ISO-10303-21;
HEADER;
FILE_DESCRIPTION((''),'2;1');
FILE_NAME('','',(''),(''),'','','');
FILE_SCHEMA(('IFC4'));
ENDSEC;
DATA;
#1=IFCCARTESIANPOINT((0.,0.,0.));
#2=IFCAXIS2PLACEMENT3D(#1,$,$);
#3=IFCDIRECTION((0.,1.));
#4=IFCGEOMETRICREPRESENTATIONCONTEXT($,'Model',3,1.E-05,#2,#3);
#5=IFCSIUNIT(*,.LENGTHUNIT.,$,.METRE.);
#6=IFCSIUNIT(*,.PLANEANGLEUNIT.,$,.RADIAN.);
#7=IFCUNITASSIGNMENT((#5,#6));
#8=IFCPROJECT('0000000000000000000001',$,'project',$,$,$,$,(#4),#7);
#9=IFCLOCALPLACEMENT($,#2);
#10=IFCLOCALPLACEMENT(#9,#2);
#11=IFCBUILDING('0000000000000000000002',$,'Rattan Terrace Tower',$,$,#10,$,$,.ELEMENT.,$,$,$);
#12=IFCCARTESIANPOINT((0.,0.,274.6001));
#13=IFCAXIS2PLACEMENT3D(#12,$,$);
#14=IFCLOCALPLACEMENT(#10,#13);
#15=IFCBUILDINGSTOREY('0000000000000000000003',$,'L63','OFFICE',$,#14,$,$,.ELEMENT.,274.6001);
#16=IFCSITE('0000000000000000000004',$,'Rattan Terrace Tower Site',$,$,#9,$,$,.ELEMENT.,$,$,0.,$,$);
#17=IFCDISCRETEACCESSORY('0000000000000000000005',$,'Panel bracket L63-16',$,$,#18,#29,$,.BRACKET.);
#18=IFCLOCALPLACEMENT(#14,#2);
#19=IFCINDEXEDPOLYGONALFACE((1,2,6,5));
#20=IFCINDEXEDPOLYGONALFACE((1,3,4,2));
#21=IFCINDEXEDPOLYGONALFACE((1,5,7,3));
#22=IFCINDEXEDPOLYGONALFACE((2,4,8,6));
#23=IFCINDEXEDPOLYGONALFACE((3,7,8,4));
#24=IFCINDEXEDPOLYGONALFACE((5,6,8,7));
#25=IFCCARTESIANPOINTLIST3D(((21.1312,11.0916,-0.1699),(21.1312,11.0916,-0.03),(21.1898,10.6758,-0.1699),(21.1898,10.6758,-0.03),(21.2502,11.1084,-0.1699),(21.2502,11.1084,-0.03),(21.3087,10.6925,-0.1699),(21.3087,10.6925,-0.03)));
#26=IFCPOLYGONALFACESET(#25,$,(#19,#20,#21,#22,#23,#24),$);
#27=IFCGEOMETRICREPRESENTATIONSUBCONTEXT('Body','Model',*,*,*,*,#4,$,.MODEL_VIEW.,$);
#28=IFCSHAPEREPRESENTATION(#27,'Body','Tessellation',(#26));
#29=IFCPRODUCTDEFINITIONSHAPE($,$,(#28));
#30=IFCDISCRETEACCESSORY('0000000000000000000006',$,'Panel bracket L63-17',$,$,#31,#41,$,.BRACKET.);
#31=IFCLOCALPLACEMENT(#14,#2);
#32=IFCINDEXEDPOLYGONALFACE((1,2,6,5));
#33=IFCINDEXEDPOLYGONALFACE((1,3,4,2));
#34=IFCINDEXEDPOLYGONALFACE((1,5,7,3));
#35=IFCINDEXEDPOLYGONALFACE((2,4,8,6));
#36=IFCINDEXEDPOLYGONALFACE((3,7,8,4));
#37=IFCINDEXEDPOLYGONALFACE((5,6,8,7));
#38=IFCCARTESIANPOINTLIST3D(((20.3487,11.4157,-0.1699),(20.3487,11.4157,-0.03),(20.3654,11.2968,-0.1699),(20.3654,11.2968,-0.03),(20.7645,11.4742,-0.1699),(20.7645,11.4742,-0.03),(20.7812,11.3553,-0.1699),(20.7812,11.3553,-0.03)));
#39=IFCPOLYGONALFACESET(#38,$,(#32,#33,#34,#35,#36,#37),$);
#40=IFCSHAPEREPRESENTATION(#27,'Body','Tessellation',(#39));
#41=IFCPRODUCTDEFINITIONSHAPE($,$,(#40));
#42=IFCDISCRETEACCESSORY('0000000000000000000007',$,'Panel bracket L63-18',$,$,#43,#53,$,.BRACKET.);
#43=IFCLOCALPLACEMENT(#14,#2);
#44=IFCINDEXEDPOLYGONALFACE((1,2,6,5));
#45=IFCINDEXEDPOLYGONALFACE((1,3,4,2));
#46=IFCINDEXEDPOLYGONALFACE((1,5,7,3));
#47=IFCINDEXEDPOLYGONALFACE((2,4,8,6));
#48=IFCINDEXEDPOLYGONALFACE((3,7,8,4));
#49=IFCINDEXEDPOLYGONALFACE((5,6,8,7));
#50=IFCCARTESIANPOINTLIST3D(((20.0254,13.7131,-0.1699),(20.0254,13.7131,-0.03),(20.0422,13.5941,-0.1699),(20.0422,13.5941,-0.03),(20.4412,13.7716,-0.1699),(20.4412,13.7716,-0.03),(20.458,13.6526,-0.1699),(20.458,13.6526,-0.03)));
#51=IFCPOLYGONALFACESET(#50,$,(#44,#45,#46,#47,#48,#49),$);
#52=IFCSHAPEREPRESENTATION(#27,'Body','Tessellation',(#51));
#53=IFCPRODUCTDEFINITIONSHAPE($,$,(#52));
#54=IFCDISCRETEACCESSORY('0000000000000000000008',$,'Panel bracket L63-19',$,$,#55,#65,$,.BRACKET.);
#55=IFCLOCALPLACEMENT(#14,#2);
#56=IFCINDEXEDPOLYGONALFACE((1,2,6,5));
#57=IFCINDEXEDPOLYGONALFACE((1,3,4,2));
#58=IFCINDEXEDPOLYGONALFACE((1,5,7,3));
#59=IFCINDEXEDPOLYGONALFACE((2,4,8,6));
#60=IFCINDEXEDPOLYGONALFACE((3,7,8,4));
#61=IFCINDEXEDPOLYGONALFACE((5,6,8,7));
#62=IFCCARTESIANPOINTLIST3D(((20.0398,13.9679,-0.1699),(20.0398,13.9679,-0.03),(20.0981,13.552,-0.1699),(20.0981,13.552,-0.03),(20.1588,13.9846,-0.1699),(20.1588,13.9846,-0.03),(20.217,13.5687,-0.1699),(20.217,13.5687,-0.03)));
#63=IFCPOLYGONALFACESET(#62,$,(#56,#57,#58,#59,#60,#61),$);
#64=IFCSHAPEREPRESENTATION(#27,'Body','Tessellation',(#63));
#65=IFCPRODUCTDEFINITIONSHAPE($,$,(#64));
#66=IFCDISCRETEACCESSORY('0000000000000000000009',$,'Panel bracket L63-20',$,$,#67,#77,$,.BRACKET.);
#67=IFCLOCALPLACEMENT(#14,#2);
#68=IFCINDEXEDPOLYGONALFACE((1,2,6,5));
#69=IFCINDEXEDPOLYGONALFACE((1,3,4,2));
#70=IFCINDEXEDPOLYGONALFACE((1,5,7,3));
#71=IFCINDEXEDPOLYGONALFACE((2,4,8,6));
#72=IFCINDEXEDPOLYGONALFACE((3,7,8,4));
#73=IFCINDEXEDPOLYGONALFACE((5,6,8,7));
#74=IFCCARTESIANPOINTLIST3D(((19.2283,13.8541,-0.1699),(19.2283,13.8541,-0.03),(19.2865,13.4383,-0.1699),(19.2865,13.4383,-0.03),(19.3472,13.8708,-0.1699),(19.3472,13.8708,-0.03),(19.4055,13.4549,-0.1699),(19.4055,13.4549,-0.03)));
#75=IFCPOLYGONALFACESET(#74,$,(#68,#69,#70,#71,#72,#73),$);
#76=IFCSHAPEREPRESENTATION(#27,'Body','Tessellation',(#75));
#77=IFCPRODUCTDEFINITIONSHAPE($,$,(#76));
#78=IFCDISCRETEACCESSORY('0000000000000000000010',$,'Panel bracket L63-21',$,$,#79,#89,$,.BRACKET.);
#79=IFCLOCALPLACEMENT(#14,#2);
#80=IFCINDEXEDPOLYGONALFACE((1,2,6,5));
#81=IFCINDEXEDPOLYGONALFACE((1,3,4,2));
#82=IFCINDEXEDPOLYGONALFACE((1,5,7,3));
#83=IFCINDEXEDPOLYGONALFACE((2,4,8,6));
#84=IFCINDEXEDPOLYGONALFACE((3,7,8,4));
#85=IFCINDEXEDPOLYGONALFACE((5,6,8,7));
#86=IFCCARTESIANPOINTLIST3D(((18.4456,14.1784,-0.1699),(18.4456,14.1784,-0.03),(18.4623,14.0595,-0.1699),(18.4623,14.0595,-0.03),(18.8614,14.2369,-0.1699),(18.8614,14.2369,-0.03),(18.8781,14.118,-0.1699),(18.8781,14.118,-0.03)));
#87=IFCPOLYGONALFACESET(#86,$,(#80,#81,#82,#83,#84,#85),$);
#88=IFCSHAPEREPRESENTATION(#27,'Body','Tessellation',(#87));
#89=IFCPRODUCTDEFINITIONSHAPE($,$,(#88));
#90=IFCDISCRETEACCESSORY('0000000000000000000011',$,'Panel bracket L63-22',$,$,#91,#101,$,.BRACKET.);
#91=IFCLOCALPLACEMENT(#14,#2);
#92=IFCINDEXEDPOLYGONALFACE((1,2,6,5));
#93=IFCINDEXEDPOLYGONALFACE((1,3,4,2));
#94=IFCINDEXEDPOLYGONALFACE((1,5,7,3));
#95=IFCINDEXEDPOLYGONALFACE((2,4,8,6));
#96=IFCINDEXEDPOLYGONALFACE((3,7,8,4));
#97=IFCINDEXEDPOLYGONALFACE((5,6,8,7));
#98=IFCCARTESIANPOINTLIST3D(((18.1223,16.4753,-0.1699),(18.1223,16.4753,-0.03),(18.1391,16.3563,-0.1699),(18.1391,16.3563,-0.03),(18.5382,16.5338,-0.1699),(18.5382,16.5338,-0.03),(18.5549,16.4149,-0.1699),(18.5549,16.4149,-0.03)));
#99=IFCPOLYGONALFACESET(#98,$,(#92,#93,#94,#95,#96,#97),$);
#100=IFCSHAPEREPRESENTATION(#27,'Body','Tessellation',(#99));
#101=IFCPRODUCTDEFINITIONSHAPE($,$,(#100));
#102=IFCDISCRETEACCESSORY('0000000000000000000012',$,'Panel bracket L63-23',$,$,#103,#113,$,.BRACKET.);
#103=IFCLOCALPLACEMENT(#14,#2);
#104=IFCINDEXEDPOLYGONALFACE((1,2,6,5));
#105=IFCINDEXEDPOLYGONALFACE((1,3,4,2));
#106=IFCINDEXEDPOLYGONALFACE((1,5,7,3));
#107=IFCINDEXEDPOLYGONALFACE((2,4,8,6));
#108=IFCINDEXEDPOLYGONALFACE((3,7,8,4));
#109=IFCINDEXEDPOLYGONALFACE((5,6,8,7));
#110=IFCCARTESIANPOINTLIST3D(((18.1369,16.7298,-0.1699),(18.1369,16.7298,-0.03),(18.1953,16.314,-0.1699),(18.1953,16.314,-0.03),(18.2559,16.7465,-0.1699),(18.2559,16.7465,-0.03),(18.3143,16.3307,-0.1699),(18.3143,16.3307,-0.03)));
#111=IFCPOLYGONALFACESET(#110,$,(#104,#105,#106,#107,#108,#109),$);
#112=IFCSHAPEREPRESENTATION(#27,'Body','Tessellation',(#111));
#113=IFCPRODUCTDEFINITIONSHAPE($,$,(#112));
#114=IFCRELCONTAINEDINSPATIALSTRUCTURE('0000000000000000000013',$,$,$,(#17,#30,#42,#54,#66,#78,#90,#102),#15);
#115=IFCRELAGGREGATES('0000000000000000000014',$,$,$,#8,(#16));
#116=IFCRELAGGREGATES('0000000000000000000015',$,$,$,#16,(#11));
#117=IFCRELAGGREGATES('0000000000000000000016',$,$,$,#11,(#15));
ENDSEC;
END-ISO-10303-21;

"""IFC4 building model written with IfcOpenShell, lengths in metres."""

from ifc_helpers import new_model, si_unit, direction, frame, origin, origin_2d, place, context, subcontext, project, spatial, rectangle, extrude, element, save


model = new_model("IFC4")

# Units and contexts
model_context = context("Model", 3, precision=1e-05, world=origin(), true_north=direction((0.0, 1.0)))
body_context = subcontext(model_context, "Body", "Model", "MODEL_VIEW")
ifc_project = project(units=[si_unit("LENGTHUNIT", "METRE"), si_unit("PLANEANGLEUNIT", "RADIAN")], contexts=[model_context])

# Site, building, storey
site_placement = place(None, origin())
site = spatial("IfcSite", under=ifc_project, at=site_placement, Name="Rattan Terrace Tower Site", CompositionType="ELEMENT", RefElevation=0.0)
building_placement = place(site_placement, origin())
building = spatial("IfcBuilding", under=site, at=building_placement, Name="Rattan Terrace Tower", CompositionType="ELEMENT")
storey_placement = place(building_placement, frame((0.0, 0.0, 274.6001)))
storey = spatial("IfcBuildingStorey", under=building, at=storey_placement, Name="L63", Description="OFFICE", CompositionType="ELEMENT", Elevation=274.6001)

# Discrete accessories
for number, where, z_axis, x_axis, name in (
    (1, (21.22, 10.8921, -0.1699), (0.0, 0.0, 1.0), (-0.990241, -0.139367, 0.0), "Panel bracket L63-16"),
    (2, (20.5649, 11.3855, -0.1699), (0.0, 0.0, 1.0), (-0.139321, 0.990247, 0.0), "Panel bracket L63-17"),
    (3, (20.2417, 13.6829, -0.1699), (0.0, 0.0, 1.0), (-0.139321, 0.990247, 0.0), "Panel bracket L63-18"),
    (4, (20.1284, 13.7683, -0.1699), (0.0, 0.0, 1.0), (-0.990333, -0.138713, 0.0), "Panel bracket L63-19"),
    (5, (19.3169, 13.6545, -0.1699), (0.0, 0.0, 1.0), (-0.990333, -0.138713, 0.0), "Panel bracket L63-20"),
    (6, (18.6619, 14.1482, -0.1699), (0.0, 0.0, 1.0), (-0.139367, 0.990241, 0.0), "Panel bracket L63-21"),
    (7, (18.3386, 16.4451, -0.1699), (0.0, 0.0, 1.0), (-0.139367, 0.990241, 0.0), "Panel bracket L63-22"),
    (8, (18.2256, 16.5303, -0.1699), (0.0, 0.0, 1.0), (-0.990287, -0.13904, 0.0), "Panel bracket L63-23"),
):
    element("IfcDiscreteAccessory", number, at=place(storey_placement, frame(where, z_axis=z_axis, x_axis=x_axis)), inside=storey, Name=name, PredefinedType="BRACKET", context=body_context, shape_type="SweptSolid", body=[
        extrude(rectangle(XDim=0.1201, YDim=0.4199, at=origin_2d()), origin(), (0.0, 0.0, 1.0), 0.1399),
    ])

save(model, "model.ifc")
